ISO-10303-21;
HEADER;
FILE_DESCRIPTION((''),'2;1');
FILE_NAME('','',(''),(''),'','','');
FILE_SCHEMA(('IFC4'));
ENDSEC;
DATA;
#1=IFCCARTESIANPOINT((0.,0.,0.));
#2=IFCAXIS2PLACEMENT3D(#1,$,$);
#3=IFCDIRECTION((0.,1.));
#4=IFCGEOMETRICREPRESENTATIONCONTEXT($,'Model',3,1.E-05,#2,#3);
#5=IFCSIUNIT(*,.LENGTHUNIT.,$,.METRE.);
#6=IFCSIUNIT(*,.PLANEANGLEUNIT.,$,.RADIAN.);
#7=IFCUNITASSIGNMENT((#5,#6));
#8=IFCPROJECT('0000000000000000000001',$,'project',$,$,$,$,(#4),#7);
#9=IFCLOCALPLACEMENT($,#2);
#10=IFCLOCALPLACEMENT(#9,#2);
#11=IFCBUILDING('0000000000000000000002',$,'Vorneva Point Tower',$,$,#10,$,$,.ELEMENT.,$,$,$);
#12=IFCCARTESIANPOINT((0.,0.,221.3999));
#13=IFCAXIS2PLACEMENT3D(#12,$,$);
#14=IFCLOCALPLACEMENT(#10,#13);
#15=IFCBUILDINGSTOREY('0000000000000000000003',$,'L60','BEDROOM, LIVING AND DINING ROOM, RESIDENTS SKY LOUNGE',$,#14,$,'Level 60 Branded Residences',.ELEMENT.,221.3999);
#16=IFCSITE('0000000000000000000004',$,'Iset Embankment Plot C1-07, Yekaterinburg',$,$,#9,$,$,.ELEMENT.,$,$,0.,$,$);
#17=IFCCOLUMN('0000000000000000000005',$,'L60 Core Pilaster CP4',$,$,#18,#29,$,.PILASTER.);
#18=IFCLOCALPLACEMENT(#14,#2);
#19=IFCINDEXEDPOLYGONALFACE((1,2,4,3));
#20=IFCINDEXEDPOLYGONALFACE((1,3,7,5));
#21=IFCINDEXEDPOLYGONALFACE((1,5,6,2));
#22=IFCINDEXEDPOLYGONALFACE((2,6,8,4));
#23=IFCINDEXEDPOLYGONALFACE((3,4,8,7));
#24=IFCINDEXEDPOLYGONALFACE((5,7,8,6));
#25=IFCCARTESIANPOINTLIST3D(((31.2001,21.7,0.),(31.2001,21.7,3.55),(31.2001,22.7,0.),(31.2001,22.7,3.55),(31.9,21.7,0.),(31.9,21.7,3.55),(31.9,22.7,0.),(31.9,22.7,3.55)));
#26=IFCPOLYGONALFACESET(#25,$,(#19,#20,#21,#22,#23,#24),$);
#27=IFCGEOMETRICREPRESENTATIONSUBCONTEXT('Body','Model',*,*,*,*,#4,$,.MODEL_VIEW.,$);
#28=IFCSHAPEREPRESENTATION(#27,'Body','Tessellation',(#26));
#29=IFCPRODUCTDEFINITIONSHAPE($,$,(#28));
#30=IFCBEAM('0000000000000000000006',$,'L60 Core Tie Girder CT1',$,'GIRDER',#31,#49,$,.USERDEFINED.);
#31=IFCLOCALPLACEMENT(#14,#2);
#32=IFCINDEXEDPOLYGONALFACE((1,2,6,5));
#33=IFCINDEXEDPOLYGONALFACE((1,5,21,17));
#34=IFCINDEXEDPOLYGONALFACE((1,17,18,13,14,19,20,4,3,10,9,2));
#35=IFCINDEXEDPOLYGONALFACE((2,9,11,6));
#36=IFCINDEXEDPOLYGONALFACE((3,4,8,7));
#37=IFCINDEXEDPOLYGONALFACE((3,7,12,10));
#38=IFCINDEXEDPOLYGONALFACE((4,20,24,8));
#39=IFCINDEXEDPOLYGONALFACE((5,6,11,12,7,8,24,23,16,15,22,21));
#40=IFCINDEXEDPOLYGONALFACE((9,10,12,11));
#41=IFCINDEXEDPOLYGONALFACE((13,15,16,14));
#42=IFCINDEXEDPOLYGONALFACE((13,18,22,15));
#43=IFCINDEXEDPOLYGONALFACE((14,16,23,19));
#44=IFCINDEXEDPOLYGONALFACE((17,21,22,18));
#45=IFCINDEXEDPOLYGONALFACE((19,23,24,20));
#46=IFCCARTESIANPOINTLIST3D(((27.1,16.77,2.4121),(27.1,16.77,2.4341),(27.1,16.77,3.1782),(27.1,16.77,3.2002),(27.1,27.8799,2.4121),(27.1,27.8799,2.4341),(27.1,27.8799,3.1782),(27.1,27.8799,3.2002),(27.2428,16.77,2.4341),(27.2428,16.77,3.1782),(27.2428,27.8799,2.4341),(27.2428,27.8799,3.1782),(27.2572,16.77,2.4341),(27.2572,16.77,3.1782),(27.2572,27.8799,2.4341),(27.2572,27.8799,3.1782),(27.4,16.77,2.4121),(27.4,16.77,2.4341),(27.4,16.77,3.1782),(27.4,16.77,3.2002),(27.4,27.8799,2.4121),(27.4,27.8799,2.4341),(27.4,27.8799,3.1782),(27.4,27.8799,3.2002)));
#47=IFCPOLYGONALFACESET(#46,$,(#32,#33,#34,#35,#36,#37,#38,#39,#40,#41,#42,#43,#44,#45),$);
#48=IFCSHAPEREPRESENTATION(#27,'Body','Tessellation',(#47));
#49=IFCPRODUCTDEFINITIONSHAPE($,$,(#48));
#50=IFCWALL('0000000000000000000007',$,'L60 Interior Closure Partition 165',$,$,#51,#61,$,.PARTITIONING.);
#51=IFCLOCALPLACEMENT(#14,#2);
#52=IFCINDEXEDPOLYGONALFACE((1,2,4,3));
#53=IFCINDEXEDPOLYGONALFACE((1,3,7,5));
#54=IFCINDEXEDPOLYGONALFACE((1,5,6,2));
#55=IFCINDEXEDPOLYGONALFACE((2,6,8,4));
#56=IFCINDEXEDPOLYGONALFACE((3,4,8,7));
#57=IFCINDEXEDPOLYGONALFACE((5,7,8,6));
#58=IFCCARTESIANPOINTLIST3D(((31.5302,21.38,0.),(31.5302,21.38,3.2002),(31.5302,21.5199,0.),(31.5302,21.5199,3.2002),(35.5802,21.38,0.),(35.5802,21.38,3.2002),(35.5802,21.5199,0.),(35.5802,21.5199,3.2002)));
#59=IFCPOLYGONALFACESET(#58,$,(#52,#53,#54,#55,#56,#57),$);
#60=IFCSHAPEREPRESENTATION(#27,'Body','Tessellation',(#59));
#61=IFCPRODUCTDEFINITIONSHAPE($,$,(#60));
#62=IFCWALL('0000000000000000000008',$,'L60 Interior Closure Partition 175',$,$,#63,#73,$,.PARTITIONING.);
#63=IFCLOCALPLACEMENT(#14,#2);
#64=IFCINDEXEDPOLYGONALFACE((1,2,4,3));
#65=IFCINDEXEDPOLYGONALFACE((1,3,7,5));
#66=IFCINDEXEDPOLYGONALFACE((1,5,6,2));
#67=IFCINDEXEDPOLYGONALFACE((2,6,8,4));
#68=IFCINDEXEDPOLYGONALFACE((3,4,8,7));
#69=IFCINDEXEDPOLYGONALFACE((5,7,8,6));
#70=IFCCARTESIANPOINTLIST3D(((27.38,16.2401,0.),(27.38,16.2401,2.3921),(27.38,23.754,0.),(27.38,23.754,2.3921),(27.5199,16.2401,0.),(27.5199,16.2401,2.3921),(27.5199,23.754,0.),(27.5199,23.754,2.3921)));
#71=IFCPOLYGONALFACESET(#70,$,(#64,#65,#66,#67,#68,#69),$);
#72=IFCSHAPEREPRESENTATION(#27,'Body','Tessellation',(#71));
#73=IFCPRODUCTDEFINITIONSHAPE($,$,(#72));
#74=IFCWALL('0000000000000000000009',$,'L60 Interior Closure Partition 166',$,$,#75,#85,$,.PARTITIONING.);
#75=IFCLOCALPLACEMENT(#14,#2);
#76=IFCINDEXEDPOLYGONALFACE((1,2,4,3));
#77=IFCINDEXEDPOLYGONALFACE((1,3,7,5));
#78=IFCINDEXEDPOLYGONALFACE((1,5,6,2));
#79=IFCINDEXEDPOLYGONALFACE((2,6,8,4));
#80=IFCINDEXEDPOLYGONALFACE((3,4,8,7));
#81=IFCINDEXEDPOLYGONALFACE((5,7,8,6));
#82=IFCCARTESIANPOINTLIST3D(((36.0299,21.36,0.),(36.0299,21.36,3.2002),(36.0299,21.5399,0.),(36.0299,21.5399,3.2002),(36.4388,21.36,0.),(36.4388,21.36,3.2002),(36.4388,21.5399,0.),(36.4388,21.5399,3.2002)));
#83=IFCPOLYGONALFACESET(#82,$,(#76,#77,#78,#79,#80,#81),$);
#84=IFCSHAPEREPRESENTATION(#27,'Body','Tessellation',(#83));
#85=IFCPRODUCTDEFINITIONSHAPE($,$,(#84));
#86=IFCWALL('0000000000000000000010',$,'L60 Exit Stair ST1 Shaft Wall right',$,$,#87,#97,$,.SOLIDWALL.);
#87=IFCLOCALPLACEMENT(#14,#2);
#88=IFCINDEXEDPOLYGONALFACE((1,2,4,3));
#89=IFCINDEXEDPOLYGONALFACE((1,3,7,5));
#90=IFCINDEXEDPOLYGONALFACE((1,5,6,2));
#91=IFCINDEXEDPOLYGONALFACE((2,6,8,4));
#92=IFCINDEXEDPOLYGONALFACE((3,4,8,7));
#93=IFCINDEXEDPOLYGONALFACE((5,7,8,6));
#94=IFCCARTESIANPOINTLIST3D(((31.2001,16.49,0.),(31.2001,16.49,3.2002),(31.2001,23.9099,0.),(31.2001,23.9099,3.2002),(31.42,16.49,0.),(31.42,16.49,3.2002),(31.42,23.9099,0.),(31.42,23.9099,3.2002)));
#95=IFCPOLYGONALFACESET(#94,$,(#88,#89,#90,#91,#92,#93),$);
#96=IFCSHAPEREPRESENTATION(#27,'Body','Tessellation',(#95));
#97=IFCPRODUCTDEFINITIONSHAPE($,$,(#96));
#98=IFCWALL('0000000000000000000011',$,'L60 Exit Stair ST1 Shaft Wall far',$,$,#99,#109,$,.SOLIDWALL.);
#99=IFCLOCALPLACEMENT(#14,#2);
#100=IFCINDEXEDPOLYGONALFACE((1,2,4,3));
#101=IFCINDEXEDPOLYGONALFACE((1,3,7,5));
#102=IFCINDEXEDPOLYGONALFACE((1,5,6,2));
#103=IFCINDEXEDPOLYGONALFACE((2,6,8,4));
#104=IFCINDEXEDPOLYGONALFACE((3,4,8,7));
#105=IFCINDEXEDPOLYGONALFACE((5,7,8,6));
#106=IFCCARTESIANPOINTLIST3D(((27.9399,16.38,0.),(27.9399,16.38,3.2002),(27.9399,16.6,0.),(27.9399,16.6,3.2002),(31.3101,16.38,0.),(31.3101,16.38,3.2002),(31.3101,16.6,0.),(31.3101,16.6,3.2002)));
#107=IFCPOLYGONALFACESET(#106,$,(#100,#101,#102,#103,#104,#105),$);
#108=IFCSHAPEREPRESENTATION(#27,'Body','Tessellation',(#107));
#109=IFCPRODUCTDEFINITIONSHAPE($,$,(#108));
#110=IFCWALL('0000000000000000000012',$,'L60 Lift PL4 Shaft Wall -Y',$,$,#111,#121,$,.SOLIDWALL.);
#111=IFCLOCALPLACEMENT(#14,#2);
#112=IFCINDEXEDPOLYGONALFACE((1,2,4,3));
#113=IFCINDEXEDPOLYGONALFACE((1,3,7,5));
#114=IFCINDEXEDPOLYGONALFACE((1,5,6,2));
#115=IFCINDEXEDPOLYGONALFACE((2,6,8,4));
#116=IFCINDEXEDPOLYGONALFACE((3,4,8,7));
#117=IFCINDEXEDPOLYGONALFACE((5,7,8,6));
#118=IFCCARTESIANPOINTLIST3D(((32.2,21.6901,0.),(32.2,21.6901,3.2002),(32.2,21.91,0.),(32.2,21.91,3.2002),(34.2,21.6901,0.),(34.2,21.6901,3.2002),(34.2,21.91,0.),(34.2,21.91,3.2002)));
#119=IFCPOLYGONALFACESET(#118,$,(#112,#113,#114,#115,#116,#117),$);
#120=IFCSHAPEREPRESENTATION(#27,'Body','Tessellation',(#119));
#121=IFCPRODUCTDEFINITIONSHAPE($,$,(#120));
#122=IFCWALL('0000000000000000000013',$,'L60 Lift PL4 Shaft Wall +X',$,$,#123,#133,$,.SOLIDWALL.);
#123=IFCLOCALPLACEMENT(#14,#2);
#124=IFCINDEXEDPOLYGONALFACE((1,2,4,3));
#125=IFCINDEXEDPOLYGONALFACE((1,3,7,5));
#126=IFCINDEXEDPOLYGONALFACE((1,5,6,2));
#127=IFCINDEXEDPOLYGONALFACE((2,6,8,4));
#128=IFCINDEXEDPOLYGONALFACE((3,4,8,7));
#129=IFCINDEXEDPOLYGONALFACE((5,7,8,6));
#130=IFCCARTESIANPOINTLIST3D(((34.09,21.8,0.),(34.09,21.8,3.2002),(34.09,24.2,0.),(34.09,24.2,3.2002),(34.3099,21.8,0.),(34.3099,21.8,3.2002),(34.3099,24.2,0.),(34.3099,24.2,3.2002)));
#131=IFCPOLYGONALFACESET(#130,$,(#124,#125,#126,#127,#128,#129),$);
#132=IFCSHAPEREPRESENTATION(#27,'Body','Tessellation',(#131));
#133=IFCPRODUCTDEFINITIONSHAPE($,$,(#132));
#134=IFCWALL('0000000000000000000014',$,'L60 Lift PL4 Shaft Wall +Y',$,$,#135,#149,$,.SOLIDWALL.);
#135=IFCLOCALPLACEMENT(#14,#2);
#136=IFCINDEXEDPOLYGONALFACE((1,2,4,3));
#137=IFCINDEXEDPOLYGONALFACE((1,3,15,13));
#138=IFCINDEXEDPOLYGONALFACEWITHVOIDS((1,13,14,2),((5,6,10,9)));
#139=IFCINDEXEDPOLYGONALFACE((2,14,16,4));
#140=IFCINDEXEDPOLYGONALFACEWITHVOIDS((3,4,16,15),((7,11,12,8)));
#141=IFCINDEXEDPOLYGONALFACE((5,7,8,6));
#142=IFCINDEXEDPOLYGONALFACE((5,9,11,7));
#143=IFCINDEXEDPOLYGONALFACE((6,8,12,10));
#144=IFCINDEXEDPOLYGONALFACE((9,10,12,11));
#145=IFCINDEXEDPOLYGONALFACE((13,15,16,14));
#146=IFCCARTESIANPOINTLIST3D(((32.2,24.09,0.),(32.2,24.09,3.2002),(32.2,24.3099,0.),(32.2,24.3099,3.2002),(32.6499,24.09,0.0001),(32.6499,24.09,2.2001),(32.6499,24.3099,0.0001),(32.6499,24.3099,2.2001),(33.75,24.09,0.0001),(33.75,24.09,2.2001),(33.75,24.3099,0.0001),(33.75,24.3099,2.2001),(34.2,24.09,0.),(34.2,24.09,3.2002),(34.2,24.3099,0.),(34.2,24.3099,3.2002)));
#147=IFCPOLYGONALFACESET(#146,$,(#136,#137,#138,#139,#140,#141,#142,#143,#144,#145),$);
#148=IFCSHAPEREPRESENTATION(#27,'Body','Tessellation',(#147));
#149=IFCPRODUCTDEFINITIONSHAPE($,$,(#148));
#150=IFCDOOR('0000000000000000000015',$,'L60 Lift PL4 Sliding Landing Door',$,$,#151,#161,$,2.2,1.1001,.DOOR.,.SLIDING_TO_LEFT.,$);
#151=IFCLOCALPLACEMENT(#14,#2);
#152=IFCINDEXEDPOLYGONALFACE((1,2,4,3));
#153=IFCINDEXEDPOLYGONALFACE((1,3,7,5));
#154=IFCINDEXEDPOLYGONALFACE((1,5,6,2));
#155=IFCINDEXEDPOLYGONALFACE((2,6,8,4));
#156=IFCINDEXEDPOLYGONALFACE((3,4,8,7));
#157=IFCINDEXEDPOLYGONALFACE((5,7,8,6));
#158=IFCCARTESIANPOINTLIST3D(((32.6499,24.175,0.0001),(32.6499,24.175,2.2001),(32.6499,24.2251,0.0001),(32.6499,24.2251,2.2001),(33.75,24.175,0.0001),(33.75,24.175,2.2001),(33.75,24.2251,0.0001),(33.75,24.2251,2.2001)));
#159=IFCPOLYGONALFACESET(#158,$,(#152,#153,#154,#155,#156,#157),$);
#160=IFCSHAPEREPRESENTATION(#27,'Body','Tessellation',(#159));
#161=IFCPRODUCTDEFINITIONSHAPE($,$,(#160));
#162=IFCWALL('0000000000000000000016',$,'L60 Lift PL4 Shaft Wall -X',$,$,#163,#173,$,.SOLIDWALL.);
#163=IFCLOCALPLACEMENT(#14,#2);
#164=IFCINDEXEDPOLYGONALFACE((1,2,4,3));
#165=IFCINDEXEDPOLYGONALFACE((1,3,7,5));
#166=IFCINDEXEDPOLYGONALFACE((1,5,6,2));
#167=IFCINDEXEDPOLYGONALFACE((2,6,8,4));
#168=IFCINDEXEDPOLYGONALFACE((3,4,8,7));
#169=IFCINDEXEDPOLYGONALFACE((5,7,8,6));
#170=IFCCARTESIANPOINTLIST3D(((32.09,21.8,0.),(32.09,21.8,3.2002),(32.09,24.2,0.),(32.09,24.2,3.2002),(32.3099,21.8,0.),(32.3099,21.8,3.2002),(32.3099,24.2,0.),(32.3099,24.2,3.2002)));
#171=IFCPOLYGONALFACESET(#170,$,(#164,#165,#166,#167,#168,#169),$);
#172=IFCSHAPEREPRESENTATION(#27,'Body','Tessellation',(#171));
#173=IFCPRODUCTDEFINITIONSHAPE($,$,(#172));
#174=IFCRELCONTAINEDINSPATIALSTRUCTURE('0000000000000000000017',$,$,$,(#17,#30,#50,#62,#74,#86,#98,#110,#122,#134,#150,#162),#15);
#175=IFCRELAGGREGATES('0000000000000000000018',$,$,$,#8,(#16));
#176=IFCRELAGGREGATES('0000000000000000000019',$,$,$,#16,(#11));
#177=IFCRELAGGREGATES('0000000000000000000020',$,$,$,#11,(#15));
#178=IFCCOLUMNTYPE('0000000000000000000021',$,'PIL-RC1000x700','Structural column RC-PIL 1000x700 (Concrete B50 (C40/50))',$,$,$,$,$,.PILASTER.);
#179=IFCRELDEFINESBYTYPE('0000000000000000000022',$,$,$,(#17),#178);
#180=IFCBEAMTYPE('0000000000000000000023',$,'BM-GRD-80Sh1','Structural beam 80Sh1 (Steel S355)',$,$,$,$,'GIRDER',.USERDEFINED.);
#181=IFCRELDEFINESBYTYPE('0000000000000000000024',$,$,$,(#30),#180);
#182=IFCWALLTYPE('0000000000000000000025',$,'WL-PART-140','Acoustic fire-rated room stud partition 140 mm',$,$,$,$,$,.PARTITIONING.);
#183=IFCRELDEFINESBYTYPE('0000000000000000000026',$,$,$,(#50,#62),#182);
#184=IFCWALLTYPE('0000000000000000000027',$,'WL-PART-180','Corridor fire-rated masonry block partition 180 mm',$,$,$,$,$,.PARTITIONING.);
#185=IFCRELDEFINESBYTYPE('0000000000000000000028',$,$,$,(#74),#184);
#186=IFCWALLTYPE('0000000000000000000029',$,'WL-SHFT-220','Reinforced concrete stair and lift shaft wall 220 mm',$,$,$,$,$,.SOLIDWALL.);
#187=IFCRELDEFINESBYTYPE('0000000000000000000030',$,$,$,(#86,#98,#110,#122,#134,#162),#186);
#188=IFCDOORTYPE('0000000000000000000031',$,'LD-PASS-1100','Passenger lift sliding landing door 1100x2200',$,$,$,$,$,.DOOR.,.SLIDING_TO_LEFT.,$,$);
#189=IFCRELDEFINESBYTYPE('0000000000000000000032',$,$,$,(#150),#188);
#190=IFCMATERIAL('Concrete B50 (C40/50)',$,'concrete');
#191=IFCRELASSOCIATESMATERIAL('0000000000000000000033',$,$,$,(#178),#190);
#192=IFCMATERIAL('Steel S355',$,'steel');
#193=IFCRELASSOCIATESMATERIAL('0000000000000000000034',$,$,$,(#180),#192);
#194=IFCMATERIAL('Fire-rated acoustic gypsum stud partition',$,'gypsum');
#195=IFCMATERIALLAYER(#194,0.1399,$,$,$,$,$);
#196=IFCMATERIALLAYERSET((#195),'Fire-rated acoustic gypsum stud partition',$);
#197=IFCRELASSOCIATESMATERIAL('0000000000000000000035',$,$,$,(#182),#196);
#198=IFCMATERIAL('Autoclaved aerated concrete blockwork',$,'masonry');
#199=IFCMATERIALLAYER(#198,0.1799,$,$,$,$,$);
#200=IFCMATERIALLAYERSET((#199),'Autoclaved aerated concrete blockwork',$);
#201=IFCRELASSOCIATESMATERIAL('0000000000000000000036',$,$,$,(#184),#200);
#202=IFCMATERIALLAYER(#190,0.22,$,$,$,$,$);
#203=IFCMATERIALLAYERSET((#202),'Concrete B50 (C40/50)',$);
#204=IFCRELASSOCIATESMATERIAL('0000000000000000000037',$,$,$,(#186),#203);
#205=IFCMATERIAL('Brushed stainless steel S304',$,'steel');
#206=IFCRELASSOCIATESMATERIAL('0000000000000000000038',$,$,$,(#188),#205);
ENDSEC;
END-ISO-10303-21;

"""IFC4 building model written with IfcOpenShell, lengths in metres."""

from ifc_helpers import new_model, si_unit, direction, frame, frame_2d, origin, origin_2d, place, context, subcontext, project, spatial, rectangle, i_section, extrude, material, layer, layer_set, material_profile, profile_set, type_object, element, fill, save


model = new_model("IFC4")

# Units and contexts
model_context = context("Model", 3, precision=1e-05, world=origin(), true_north=direction((0.0, 1.0)))
body_context = subcontext(model_context, "Body", "Model", "MODEL_VIEW")
ifc_project = project(units=[si_unit("LENGTHUNIT", "METRE"), si_unit("PLANEANGLEUNIT", "RADIAN")], contexts=[model_context])

# Site, building, storey
site_placement = place(None, origin())
site = spatial("IfcSite", under=ifc_project, at=site_placement, Name="Iset Embankment Plot C1-07, Yekaterinburg", CompositionType="ELEMENT", RefElevation=0.0)
building_placement = place(site_placement, origin())
building = spatial("IfcBuilding", under=site, at=building_placement, Name="Vorneva Point Tower", CompositionType="ELEMENT")
storey_placement = place(building_placement, frame((0.0, 0.0, 221.3999)))
storey = spatial("IfcBuildingStorey", under=building, at=storey_placement, Name="L60", Description="BEDROOM, LIVING AND DINING ROOM, RESIDENTS SKY LOUNGE", LongName="Level 60 Branded Residences", CompositionType="ELEMENT", Elevation=221.3999)

# Column
ifc_material_1 = material(Name="Concrete B50 (C40/50)", Category="concrete")
ifc_material_profile_1 = material_profile(ifc_material_1, rectangle(XDim=0.7, YDim=1.0, at=origin_2d()), Name="RC-PIL 1000x700")
ifc_profile_set_1 = profile_set([ifc_material_profile_1], Name="Concrete B50 (C40/50)")
column_type = type_object("IfcColumnType", Name="PIL-RC1000x700", Description="Structural column RC-PIL 1000x700 (Concrete B50 (C40/50))", PredefinedType="PILASTER", material=ifc_profile_set_1)
column_placement = place(storey_placement, frame((31.55, 22.2, 0.0), z_axis=(0.0, 0.0, 1.0), x_axis=(1.0, 0.0, 0.0)))
element("IfcColumn", 1, at=column_placement, inside=storey, type_object=column_type, Name="L60 Core Pilaster CP4", PredefinedType="PILASTER", context=body_context, shape_type="SweptSolid", body=[
    extrude(rectangle(XDim=0.7, YDim=1.0, at=origin_2d()), origin(), (0.0, 0.0, 1.0), 3.55),
])

# Beam
ifc_material_2 = material(Name="Steel S355", Category="steel")
ifc_material_profile_2 = material_profile(ifc_material_2, i_section(OverallWidth=0.3, OverallDepth=0.7881, WebThickness=0.0144, FlangeThickness=0.022, at=origin_2d()), Name="80Sh1")
ifc_profile_set_2 = profile_set([ifc_material_profile_2], Name="Steel S355")
beam_type = type_object("IfcBeamType", Name="BM-GRD-80Sh1", Description="Structural beam 80Sh1 (Steel S355)", ElementType="GIRDER", PredefinedType="USERDEFINED", material=ifc_profile_set_2)
beam_placement = place(storey_placement, frame((27.25, 16.77, 2.8062), z_axis=(0.0, 1.0, 0.0), x_axis=(-1.0, 0.0, 0.0)))
element("IfcBeam", 2, at=beam_placement, inside=storey, type_object=beam_type, Name="L60 Core Tie Girder CT1", ObjectType="GIRDER", PredefinedType="USERDEFINED", context=body_context, shape_type="SweptSolid", body=[
    extrude(i_section(OverallWidth=0.3, OverallDepth=0.7881, WebThickness=0.0144, FlangeThickness=0.022, at=origin_2d()), origin(), (0.0, 0.0, 1.0), 11.1099),
])

# Walls
ifc_material_3 = material(Name="Fire-rated acoustic gypsum stud partition", Category="gypsum")
ifc_layer_1 = layer(ifc_material_3, 0.1399)
ifc_layer_set_1 = layer_set([ifc_layer_1], Name="Fire-rated acoustic gypsum stud partition")
wall_type_1 = type_object("IfcWallType", Name="WL-PART-140", Description="Acoustic fire-rated room stud partition 140 mm", PredefinedType="PARTITIONING", material=ifc_layer_set_1)
wall_1_placement = place(storey_placement, frame((35.5801, 21.45, 0.0), z_axis=(0.0, 0.0, 1.0), x_axis=(-1.0, 0.0, 0.0)))
element("IfcWall", 3, at=wall_1_placement, inside=storey, type_object=wall_type_1, Name="L60 Interior Closure Partition 165", PredefinedType="PARTITIONING", context=body_context, shape_type="SweptSolid", body=[
    extrude(rectangle(XDim=4.05, YDim=0.1399, at=frame_2d((2.0249, 0.0))), origin(), (0.0, 0.0, 1.0), 3.2002),
])
wall_2_placement = place(storey_placement, frame((27.45, 23.7539, 0.0), z_axis=(0.0, 0.0, 1.0), x_axis=(0.0, -1.0, 0.0)))
element("IfcWall", 4, at=wall_2_placement, inside=storey, type_object=wall_type_1, Name="L60 Interior Closure Partition 175", PredefinedType="PARTITIONING", context=body_context, shape_type="SweptSolid", body=[
    extrude(rectangle(XDim=7.5139, YDim=0.1399, at=frame_2d((3.7568, 0.0))), origin(), (0.0, 0.0, 1.0), 2.3921),
])

# Shared definitions
ifc_material_4 = material(Name="Autoclaved aerated concrete blockwork", Category="masonry")
ifc_layer_2 = layer(ifc_material_4, 0.1799)
ifc_layer_set_2 = layer_set([ifc_layer_2], Name="Autoclaved aerated concrete blockwork")
wall_type_2 = type_object("IfcWallType", Name="WL-PART-180", Description="Corridor fire-rated masonry block partition 180 mm", PredefinedType="PARTITIONING", material=ifc_layer_set_2)

# Wall
wall_3_placement = place(storey_placement, frame((36.439, 21.45, 0.0), z_axis=(0.0, 0.0, 1.0), x_axis=(-1.0, 0.0, 0.0)))
element("IfcWall", 5, at=wall_3_placement, inside=storey, type_object=wall_type_2, Name="L60 Interior Closure Partition 166", PredefinedType="PARTITIONING", context=body_context, shape_type="SweptSolid", body=[
    extrude(rectangle(XDim=0.4089, YDim=0.1799, at=frame_2d((0.2046, 0.0))), origin(), (0.0, 0.0, 1.0), 3.2002),
])

# Shared definitions
ifc_layer_3 = layer(ifc_material_1, 0.22)
ifc_layer_set_3 = layer_set([ifc_layer_3], Name="Concrete B50 (C40/50)")
wall_type_3 = type_object("IfcWallType", Name="WL-SHFT-220", Description="Reinforced concrete stair and lift shaft wall 220 mm", PredefinedType="SOLIDWALL", material=ifc_layer_set_3)

# Walls
wall_4_placement = place(storey_placement, frame((31.3101, 23.9099, 0.0), z_axis=(0.0, 0.0, 1.0), x_axis=(0.0, -1.0, 0.0)))
element("IfcWall", 6, at=wall_4_placement, inside=storey, type_object=wall_type_3, Name="L60 Exit Stair ST1 Shaft Wall right", PredefinedType="SOLIDWALL", context=body_context, shape_type="SweptSolid", body=[
    extrude(rectangle(XDim=7.4199, YDim=0.22, at=frame_2d((3.71, 0.0))), origin(), (0.0, 0.0, 1.0), 3.2002),
])
wall_5_placement = place(storey_placement, frame((31.3101, 16.49, 0.0), z_axis=(0.0, 0.0, 1.0), x_axis=(-1.0, 0.0, 0.0)))
element("IfcWall", 7, at=wall_5_placement, inside=storey, type_object=wall_type_3, Name="L60 Exit Stair ST1 Shaft Wall far", PredefinedType="SOLIDWALL", context=body_context, shape_type="SweptSolid", body=[
    extrude(rectangle(XDim=3.3701, YDim=0.22, at=frame_2d((1.6851, 0.0))), origin(), (0.0, 0.0, 1.0), 3.2002),
])
wall_6_placement = place(storey_placement, frame((32.2, 21.8, 0.0), z_axis=(0.0, 0.0, 1.0), x_axis=(1.0, 0.0, 0.0)))
element("IfcWall", 8, at=wall_6_placement, inside=storey, type_object=wall_type_3, Name="L60 Lift PL4 Shaft Wall -Y", PredefinedType="SOLIDWALL", context=body_context, shape_type="SweptSolid", body=[
    extrude(rectangle(XDim=2.0, YDim=0.22, at=frame_2d((1.0, 0.0))), origin(), (0.0, 0.0, 1.0), 3.2002),
])
wall_7_placement = place(storey_placement, frame((34.2, 21.8, 0.0), z_axis=(0.0, 0.0, 1.0), x_axis=(0.0, 1.0, 0.0)))
element("IfcWall", 9, at=wall_7_placement, inside=storey, type_object=wall_type_3, Name="L60 Lift PL4 Shaft Wall +X", PredefinedType="SOLIDWALL", context=body_context, shape_type="SweptSolid", body=[
    extrude(rectangle(XDim=2.3999, YDim=0.22, at=frame_2d((1.2, 0.0))), origin(), (0.0, 0.0, 1.0), 3.2002),
])

# Wall, opening, door
wall_8_placement = place(storey_placement, frame((34.2, 24.2, 0.0), z_axis=(0.0, 0.0, 1.0), x_axis=(-1.0, 0.0, 0.0)))
wall_8 = element("IfcWall", 10, at=wall_8_placement, inside=storey, type_object=wall_type_3, Name="L60 Lift PL4 Shaft Wall +Y", PredefinedType="SOLIDWALL", context=body_context, shape_type="SweptSolid", body=[
    extrude(rectangle(XDim=2.0, YDim=0.22, at=frame_2d((1.0, 0.0))), origin(), (0.0, 0.0, 1.0), 3.2002),
])
opening_1_placement = place(wall_8_placement, frame((0.45, 0.0, 0.0)))
opening_1 = element("IfcOpeningElement", 11, at=opening_1_placement, cuts=wall_8, PredefinedType="OPENING", context=body_context, shape_type="SweptSolid", body=[
    extrude(rectangle(XDim=1.1001, YDim=2.2, at=frame_2d((0.55, 1.1001))), frame((0.0, 0.125, 0.0), z_axis=(0.0, -1.0, 0.0), x_axis=(1.0, 0.0, 0.0)), (0.0, 0.0, 1.0), 0.2498),
])
ifc_material_5 = material(Name="Brushed stainless steel S304", Category="steel")
door_type_1 = type_object("IfcDoorType", Name="LD-PASS-1100", Description="Passenger lift sliding landing door 1100x2200", OperationType="SLIDING_TO_LEFT", PredefinedType="DOOR", material=ifc_material_5)
door_1_placement = place(opening_1_placement, origin())
door_1 = element("IfcDoor", 12, at=door_1_placement, inside=storey, type_object=door_type_1, Name="L60 Lift PL4 Sliding Landing Door", OperationType="SLIDING_TO_LEFT", OverallHeight=2.2, OverallWidth=1.1001, PredefinedType="DOOR", context=body_context, shape_type="SweptSolid", body=[
    extrude(rectangle(XDim=1.1001, YDim=2.2, at=frame_2d((0.55, 1.1001))), frame((0.0, 0.0249, 0.0), z_axis=(0.0, -1.0, 0.0), x_axis=(1.0, 0.0, 0.0)), (0.0, 0.0, 1.0), 0.05),
])
fill(opening_1, door_1)

# Wall
wall_9_placement = place(storey_placement, frame((32.2, 24.2, 0.0), z_axis=(0.0, 0.0, 1.0), x_axis=(0.0, -1.0, 0.0)))
element("IfcWall", 13, at=wall_9_placement, inside=storey, type_object=wall_type_3, Name="L60 Lift PL4 Shaft Wall -X", PredefinedType="SOLIDWALL", context=body_context, shape_type="SweptSolid", body=[
    extrude(rectangle(XDim=2.3999, YDim=0.22, at=frame_2d((1.2, 0.0))), origin(), (0.0, 0.0, 1.0), 3.2002),
])

save(model, "model.ifc")
